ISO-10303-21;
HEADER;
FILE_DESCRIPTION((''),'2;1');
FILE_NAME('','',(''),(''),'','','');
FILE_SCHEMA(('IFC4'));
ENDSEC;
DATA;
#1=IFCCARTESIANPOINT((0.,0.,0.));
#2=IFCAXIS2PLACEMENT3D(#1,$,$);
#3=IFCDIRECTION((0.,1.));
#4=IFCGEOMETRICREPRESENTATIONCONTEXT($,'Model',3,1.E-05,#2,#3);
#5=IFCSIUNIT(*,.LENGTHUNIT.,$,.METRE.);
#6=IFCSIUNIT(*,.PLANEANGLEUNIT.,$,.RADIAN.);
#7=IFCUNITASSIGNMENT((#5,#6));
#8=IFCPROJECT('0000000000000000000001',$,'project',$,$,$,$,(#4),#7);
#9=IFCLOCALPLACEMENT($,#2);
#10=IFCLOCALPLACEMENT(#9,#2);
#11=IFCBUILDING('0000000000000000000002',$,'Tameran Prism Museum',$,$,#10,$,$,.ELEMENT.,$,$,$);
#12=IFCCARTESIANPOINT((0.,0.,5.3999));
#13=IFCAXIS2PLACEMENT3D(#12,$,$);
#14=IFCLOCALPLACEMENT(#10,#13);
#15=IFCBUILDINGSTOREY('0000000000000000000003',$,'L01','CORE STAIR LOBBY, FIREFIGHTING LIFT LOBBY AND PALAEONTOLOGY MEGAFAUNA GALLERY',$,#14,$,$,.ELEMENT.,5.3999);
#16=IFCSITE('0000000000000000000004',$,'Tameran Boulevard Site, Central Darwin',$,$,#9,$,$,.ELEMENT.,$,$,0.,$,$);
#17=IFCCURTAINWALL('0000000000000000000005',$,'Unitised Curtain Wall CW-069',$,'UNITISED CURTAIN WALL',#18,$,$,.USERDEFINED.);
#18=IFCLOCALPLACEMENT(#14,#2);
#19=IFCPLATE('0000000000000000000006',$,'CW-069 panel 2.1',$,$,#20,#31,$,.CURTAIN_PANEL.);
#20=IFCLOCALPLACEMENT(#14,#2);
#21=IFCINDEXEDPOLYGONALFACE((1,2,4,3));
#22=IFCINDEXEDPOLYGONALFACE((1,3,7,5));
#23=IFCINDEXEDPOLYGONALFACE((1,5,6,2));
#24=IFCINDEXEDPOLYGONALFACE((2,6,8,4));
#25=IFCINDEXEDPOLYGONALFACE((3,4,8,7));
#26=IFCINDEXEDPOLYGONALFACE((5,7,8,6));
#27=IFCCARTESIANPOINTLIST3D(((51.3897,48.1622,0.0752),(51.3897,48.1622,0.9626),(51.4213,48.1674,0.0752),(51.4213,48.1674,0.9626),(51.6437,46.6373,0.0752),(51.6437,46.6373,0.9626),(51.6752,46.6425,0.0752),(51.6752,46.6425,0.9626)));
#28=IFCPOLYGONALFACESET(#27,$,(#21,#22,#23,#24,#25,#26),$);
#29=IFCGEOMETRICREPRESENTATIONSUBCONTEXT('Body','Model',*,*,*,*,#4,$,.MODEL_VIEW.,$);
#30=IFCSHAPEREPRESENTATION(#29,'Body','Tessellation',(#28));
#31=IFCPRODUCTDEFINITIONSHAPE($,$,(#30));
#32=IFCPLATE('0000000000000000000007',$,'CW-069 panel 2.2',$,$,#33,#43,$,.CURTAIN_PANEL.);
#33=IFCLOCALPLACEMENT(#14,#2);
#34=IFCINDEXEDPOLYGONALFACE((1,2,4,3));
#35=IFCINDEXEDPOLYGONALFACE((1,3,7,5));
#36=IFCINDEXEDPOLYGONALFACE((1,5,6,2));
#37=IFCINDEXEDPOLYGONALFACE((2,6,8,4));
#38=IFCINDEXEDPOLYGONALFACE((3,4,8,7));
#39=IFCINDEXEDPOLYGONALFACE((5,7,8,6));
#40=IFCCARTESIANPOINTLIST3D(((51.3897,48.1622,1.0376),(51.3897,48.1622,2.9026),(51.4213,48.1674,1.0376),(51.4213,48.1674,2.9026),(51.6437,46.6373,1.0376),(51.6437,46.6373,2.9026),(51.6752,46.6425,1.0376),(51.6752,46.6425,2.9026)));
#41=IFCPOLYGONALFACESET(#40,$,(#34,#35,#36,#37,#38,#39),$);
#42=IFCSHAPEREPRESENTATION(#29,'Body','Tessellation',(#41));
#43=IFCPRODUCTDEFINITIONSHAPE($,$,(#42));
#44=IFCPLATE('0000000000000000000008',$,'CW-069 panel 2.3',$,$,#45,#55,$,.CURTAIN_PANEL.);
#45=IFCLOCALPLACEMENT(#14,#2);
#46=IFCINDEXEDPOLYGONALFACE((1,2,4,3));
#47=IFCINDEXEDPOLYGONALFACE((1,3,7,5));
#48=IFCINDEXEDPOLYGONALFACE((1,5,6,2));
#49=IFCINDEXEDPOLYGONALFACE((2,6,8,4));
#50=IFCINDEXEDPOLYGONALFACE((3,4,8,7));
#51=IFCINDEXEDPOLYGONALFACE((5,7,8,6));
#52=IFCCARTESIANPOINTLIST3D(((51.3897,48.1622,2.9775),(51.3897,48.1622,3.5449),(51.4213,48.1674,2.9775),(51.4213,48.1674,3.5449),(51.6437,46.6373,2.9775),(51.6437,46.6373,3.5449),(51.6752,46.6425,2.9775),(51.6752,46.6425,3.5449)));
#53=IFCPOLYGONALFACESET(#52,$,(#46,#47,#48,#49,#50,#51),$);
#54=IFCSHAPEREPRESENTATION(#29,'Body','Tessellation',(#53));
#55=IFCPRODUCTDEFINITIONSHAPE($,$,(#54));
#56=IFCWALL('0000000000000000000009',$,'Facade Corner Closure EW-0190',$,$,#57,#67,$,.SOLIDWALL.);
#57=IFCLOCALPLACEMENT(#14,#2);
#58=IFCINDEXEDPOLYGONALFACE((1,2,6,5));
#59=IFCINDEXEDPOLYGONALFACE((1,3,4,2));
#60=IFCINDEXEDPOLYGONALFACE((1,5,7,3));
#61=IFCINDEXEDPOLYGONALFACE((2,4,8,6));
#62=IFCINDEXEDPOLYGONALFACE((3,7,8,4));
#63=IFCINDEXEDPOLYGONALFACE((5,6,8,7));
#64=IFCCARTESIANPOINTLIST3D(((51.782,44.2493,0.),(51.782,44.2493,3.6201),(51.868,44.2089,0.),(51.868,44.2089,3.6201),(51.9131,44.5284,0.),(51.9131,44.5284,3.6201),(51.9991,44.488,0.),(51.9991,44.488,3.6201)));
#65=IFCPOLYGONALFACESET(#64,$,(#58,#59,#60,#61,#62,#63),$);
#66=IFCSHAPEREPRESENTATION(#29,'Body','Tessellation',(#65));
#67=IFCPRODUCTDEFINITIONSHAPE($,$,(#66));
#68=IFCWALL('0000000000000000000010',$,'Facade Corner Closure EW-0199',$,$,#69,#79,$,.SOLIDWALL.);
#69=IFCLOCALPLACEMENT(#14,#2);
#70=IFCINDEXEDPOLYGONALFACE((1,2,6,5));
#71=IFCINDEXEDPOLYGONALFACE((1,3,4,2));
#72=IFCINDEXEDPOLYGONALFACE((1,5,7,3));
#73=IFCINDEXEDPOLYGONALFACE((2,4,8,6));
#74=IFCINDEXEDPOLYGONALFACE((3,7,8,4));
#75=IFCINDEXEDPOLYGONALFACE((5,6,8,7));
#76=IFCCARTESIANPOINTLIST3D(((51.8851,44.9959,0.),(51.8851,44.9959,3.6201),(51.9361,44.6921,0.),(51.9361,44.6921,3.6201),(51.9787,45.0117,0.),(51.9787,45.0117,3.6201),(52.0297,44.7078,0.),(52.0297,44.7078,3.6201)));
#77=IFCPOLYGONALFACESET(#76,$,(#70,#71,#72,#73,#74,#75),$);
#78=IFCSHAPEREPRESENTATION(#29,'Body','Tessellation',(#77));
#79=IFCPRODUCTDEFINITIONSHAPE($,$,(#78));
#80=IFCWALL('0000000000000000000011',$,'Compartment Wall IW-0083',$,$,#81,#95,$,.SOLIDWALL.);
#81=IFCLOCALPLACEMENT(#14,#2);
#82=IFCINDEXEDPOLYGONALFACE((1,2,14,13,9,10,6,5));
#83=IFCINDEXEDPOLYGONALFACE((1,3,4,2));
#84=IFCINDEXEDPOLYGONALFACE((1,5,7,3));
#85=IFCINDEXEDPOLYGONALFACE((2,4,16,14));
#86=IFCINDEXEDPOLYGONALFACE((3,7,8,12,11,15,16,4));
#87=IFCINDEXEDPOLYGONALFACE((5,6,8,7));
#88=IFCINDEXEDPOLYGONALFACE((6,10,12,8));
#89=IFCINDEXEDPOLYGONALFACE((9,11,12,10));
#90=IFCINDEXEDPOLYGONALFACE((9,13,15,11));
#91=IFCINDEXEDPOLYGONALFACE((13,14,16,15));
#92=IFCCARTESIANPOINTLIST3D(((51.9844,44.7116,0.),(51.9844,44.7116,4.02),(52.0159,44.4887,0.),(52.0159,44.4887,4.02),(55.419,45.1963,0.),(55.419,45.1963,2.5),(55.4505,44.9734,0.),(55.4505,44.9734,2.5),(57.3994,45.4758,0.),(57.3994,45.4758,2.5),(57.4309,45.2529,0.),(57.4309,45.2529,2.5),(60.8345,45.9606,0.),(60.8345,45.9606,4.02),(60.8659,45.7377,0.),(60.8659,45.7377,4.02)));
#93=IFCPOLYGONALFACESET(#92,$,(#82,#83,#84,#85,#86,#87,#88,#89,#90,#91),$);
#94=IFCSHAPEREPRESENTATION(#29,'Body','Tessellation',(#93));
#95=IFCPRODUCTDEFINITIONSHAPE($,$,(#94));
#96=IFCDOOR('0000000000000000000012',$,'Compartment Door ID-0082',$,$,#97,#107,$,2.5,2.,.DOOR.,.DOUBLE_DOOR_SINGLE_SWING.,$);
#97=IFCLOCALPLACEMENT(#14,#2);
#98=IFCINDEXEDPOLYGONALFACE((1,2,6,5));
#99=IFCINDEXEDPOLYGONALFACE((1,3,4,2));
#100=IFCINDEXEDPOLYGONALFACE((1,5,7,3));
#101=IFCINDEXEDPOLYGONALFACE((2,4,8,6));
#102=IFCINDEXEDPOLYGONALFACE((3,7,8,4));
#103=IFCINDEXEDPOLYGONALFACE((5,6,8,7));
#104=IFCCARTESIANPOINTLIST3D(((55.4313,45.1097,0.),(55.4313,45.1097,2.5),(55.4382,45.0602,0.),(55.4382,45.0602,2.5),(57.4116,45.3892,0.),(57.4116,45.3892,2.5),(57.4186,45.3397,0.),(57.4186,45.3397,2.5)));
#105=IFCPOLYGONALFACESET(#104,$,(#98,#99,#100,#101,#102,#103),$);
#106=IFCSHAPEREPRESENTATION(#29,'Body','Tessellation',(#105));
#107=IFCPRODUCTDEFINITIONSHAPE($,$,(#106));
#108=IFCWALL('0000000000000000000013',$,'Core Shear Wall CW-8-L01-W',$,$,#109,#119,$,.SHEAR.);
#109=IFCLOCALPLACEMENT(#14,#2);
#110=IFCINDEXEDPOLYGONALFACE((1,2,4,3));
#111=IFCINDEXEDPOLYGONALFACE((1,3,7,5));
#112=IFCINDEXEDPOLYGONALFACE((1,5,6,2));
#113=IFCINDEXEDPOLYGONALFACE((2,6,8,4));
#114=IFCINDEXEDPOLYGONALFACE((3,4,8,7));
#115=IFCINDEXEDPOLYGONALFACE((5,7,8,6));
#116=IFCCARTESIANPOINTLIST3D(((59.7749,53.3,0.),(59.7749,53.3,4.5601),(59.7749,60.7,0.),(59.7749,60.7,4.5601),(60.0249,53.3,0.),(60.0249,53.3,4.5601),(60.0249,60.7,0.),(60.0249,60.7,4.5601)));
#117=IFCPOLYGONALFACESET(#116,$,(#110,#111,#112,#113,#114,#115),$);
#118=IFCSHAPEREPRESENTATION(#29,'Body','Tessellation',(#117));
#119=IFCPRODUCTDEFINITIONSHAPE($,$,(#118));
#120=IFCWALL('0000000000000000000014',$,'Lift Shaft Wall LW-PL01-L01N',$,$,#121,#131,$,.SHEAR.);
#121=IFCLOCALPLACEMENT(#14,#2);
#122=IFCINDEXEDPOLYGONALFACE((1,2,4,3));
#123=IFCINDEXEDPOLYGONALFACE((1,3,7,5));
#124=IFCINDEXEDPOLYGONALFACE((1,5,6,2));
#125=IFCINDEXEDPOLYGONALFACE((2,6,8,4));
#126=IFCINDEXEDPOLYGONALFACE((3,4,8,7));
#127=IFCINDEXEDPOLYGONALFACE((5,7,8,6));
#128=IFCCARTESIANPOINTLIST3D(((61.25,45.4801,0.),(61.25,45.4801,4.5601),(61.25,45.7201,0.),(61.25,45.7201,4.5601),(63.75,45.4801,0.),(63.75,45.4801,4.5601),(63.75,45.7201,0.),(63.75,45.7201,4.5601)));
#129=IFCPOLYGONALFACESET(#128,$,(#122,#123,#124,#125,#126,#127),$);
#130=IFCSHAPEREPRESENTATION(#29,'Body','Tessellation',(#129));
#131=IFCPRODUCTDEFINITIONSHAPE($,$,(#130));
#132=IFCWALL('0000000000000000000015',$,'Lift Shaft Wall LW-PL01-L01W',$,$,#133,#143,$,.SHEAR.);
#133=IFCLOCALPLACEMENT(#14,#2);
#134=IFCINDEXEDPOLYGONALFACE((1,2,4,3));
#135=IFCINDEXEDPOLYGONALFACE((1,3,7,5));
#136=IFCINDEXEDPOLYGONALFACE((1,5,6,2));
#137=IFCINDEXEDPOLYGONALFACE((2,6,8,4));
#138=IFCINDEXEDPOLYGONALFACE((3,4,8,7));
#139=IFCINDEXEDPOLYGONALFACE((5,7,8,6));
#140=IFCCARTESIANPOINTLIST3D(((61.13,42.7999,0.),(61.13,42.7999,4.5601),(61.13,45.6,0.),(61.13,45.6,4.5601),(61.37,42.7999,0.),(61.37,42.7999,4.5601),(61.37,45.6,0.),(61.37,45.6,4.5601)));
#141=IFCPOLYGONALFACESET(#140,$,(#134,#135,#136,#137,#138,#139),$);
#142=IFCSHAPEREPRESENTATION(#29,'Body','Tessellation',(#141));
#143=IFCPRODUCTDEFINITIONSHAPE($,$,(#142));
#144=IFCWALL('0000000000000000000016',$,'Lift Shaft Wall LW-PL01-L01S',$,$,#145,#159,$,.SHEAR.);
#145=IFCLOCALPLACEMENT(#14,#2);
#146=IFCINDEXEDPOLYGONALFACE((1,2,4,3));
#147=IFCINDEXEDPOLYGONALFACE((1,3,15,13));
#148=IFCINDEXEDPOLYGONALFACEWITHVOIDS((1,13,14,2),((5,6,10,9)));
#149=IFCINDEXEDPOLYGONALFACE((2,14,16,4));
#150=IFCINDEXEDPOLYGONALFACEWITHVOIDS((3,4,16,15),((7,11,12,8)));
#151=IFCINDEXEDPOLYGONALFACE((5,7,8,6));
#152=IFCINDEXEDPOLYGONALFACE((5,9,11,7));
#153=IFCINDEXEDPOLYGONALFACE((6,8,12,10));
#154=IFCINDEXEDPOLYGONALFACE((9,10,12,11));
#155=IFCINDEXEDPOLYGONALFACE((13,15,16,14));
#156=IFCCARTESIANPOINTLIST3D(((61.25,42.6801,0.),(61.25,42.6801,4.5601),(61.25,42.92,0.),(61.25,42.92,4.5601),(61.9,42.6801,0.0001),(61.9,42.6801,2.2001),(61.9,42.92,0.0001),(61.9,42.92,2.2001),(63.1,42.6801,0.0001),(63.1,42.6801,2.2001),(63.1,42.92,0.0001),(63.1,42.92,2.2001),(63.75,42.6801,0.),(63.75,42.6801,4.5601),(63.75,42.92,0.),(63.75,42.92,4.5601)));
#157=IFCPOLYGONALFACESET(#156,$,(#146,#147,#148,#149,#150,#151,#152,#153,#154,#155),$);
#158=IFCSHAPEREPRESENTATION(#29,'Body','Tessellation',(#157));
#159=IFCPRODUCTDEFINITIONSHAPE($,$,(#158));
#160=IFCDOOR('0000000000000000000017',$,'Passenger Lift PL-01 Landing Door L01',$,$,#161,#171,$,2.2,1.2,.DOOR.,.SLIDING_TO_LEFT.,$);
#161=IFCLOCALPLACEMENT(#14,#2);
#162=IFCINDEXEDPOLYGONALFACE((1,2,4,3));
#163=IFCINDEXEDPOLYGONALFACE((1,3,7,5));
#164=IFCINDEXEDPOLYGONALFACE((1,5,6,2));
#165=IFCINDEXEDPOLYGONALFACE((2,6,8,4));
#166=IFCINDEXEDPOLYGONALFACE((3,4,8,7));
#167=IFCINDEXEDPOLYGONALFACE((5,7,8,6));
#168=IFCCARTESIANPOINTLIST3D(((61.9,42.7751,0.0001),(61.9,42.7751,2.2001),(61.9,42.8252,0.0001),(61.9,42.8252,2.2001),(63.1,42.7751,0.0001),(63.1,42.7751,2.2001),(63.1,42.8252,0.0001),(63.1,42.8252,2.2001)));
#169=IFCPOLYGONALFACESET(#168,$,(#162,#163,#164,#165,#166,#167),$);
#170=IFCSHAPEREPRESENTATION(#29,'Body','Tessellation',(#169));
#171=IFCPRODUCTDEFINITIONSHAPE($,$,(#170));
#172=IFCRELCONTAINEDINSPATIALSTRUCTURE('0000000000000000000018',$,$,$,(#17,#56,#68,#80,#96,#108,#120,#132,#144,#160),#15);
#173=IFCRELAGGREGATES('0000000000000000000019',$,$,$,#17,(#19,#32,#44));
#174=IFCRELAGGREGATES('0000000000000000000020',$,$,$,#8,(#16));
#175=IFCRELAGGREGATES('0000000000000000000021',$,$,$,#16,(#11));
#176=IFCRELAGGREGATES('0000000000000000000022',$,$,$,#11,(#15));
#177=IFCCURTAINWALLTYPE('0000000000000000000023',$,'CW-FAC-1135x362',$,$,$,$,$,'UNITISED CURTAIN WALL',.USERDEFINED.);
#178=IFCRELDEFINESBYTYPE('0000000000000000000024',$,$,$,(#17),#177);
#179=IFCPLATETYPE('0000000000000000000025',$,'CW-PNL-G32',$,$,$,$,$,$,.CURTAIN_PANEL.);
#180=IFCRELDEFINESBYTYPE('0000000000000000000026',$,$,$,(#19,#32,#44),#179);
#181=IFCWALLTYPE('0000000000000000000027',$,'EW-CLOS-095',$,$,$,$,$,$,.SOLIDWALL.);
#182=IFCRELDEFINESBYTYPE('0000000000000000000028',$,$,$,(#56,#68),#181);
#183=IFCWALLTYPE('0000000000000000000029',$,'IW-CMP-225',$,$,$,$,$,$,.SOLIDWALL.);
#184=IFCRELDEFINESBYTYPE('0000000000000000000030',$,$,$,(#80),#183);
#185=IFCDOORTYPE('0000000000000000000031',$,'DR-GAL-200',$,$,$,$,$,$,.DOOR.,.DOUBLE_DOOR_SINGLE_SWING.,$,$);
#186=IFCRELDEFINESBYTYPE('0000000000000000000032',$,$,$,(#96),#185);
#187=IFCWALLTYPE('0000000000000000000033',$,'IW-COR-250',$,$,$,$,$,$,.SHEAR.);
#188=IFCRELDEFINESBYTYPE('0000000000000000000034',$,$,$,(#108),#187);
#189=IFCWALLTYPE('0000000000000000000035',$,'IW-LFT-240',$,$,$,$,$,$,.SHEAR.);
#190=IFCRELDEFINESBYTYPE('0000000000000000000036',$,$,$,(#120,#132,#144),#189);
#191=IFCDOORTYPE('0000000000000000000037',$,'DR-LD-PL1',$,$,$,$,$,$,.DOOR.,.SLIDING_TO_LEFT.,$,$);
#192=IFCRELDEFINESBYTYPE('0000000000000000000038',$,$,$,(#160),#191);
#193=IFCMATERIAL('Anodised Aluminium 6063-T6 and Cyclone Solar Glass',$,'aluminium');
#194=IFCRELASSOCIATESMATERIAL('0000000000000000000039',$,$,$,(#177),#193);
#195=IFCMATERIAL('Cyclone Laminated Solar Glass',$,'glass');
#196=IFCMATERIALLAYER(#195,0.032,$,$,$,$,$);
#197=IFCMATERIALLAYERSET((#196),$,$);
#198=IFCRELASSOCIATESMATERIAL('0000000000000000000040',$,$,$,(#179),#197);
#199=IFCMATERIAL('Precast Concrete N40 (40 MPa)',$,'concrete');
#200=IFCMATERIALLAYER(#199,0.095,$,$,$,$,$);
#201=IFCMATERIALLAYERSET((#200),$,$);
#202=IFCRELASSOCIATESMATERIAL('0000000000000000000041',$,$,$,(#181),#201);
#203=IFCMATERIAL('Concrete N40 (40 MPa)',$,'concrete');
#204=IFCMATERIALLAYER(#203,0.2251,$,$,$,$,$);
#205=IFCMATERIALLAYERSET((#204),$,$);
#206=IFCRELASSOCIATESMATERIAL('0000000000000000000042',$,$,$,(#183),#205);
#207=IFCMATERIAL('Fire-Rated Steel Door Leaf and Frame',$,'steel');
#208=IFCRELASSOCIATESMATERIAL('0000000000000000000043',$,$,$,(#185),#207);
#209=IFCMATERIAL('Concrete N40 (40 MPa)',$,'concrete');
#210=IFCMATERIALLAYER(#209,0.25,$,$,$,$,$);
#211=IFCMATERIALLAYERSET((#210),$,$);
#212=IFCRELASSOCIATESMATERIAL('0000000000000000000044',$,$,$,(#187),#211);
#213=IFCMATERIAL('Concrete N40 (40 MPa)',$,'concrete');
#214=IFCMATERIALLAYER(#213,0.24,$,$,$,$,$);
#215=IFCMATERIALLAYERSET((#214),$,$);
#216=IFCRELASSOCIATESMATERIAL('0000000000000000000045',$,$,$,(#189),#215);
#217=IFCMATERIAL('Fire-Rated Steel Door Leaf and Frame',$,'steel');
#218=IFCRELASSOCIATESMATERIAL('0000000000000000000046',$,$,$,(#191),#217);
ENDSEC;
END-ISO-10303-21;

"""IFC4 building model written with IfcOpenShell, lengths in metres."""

from ifc_helpers import new_model, si_unit, direction, frame, frame_2d, origin, origin_2d, place, context, subcontext, project, spatial, rectangle, extrude, material, layer, layer_set, type_object, element, fill, aggregate, save


model = new_model("IFC4")

# Units and contexts
model_context = context("Model", 3, precision=1e-05, world=origin(), true_north=direction((0.0, 1.0)))
body_context = subcontext(model_context, "Body", "Model", "MODEL_VIEW")
ifc_project = project(units=[si_unit("LENGTHUNIT", "METRE"), si_unit("PLANEANGLEUNIT", "RADIAN")], contexts=[model_context])

# Site, building, storey
site_placement = place(None, origin())
site = spatial("IfcSite", under=ifc_project, at=site_placement, Name="Tameran Boulevard Site, Central Darwin", CompositionType="ELEMENT", RefElevation=0.0)
building_placement = place(site_placement, origin())
building = spatial("IfcBuilding", under=site, at=building_placement, Name="Tameran Prism Museum", CompositionType="ELEMENT")
storey_placement = place(building_placement, frame((0.0, 0.0, 5.3999)))
storey = spatial("IfcBuildingStorey", under=building, at=storey_placement, Name="L01", Description="CORE STAIR LOBBY, FIREFIGHTING LIFT LOBBY AND PALAEONTOLOGY MEGAFAUNA GALLERY", CompositionType="ELEMENT", Elevation=5.3999)

# Curtain wall
ifc_material_1 = material(Name="Anodised Aluminium 6063-T6 and Cyclone Solar Glass", Category="aluminium")
curtain_wall_type_1 = type_object("IfcCurtainWallType", Name="CW-FAC-1135x362", ElementType="UNITISED CURTAIN WALL", PredefinedType="USERDEFINED", material=ifc_material_1)
curtain_wall_1_placement = place(storey_placement, origin())
curtain_wall_1 = element("IfcCurtainWall", 1, at=curtain_wall_1_placement, inside=storey, type_object=curtain_wall_type_1, Name="Unitised Curtain Wall CW-069", ObjectType="UNITISED CURTAIN WALL", PredefinedType="USERDEFINED")

# Plates
ifc_material_2 = material(Name="Cyclone Laminated Solar Glass", Category="glass")
ifc_layer_1 = layer(ifc_material_2, 0.032)
ifc_layer_set_1 = layer_set([ifc_layer_1])
plate_type = type_object("IfcPlateType", Name="CW-PNL-G32", PredefinedType="CURTAIN_PANEL", material=ifc_layer_set_1)
plate_1_placement = place(storey_placement, frame((51.5325, 47.4023, 0.0752), z_axis=(0.0, 0.0, 1.0), x_axis=(-0.164285, 0.986413, 0.0)))
plate_1 = element("IfcPlate", 2, at=plate_1_placement, type_object=plate_type, Name="CW-069 panel 2.1", PredefinedType="CURTAIN_PANEL", context=body_context, shape_type="SweptSolid", body=[
    extrude(rectangle(XDim=1.5459, YDim=0.032, at=origin_2d()), origin(), (0.0, 0.0, 1.0), 0.8875),
])
plate_2_placement = place(storey_placement, frame((51.5325, 47.4023, 1.0376), z_axis=(0.0, 0.0, 1.0), x_axis=(-0.164285, 0.986413, 0.0)))
plate_2 = element("IfcPlate", 3, at=plate_2_placement, type_object=plate_type, Name="CW-069 panel 2.2", PredefinedType="CURTAIN_PANEL", context=body_context, shape_type="SweptSolid", body=[
    extrude(rectangle(XDim=1.5459, YDim=0.032, at=origin_2d()), origin(), (0.0, 0.0, 1.0), 1.865),
])
plate_3_placement = place(storey_placement, frame((51.5325, 47.4023, 2.9775), z_axis=(0.0, 0.0, 1.0), x_axis=(-0.164285, 0.986413, 0.0)))
plate_3 = element("IfcPlate", 4, at=plate_3_placement, type_object=plate_type, Name="CW-069 panel 2.3", PredefinedType="CURTAIN_PANEL", context=body_context, shape_type="SweptSolid", body=[
    extrude(rectangle(XDim=1.5459, YDim=0.032, at=origin_2d()), origin(), (0.0, 0.0, 1.0), 0.5674),
])
aggregate(curtain_wall_1, [plate_1, plate_2, plate_3])

# Walls
ifc_material_3 = material(Name="Precast Concrete N40 (40 MPa)", Category="concrete")
ifc_layer_2 = layer(ifc_material_3, 0.095)
ifc_layer_set_2 = layer_set([ifc_layer_2])
wall_type_1 = type_object("IfcWallType", Name="EW-CLOS-095", PredefinedType="SOLIDWALL", material=ifc_layer_set_2)
wall_1_placement = place(storey_placement, frame((51.825, 44.229, 0.0), z_axis=(0.0, 0.0, 1.0), x_axis=(0.425225, 0.905088, 0.0)))
element("IfcWall", 5, at=wall_1_placement, inside=storey, type_object=wall_type_1, Name="Facade Corner Closure EW-0190", PredefinedType="SOLIDWALL", context=body_context, shape_type="SweptSolid", body=[
    extrude(rectangle(XDim=0.3083, YDim=0.095, at=frame_2d((0.1543, 0.0))), origin(), (0.0, 0.0, 1.0), 3.6201),
])
wall_2_placement = place(storey_placement, frame((51.9829, 44.7, 0.0), z_axis=(0.0, 0.0, 1.0), x_axis=(-0.165555, 0.986201, 0.0)))
element("IfcWall", 6, at=wall_2_placement, inside=storey, type_object=wall_type_1, Name="Facade Corner Closure EW-0199", PredefinedType="SOLIDWALL", context=body_context, shape_type="SweptSolid", body=[
    extrude(rectangle(XDim=0.3081, YDim=0.095, at=frame_2d((0.1541, 0.0))), origin(), (0.0, 0.0, 1.0), 3.6201),
])

# Wall, opening, door
ifc_material_4 = material(Name="Concrete N40 (40 MPa)", Category="concrete")
ifc_layer_3 = layer(ifc_material_4, 0.2251)
ifc_layer_set_3 = layer_set([ifc_layer_3])
wall_type_2 = type_object("IfcWallType", Name="IW-CMP-225", PredefinedType="SOLIDWALL", material=ifc_layer_set_3)
wall_3_placement = place(storey_placement, frame((60.8501, 45.8491, 0.0), z_axis=(0.0, 0.0, 1.0), x_axis=(-0.990187, -0.139746, 0.0)))
wall_3 = element("IfcWall", 7, at=wall_3_placement, inside=storey, type_object=wall_type_2, Name="Compartment Wall IW-0083", PredefinedType="SOLIDWALL", context=body_context, shape_type="SweptSolid", body=[
    extrude(rectangle(XDim=8.9377, YDim=0.2251, at=frame_2d((4.4688, 0.0))), origin(), (0.0, 0.0, 1.0), 4.02),
])
opening_1_placement = place(wall_3_placement, frame((3.469, 0.0, 0.0)))
opening_1 = element("IfcOpeningElement", 8, at=opening_1_placement, cuts=wall_3, PredefinedType="OPENING", context=body_context, shape_type="SweptSolid", body=[
    extrude(rectangle(XDim=2.0, YDim=2.5, at=frame_2d((1.0, 1.25))), frame((0.0, 0.1226, 0.0), z_axis=(0.0, -1.0, 0.0), x_axis=(1.0, 0.0, 0.0)), (0.0, 0.0, 1.0), 0.2451),
])
ifc_material_5 = material(Name="Fire-Rated Steel Door Leaf and Frame", Category="steel")
door_type_1 = type_object("IfcDoorType", Name="DR-GAL-200", OperationType="DOUBLE_DOOR_SINGLE_SWING", PredefinedType="DOOR", material=ifc_material_5)
door_1_placement = place(opening_1_placement, origin())
door_1 = element("IfcDoor", 9, at=door_1_placement, inside=storey, type_object=door_type_1, Name="Compartment Door ID-0082", OperationType="DOUBLE_DOOR_SINGLE_SWING", OverallHeight=2.5, OverallWidth=2.0, PredefinedType="DOOR", context=body_context, shape_type="SweptSolid", body=[
    extrude(rectangle(XDim=2.0, YDim=2.5, at=frame_2d((1.0, 1.25))), frame((0.0, 0.0249, 0.0), z_axis=(0.0, -1.0, 0.0), x_axis=(1.0, 0.0, 0.0)), (0.0, 0.0, 1.0), 0.05),
])
fill(opening_1, door_1)

# Walls
ifc_material_6 = material(Name="Concrete N40 (40 MPa)", Category="concrete")
ifc_layer_4 = layer(ifc_material_6, 0.25)
ifc_layer_set_4 = layer_set([ifc_layer_4])
wall_type_3 = type_object("IfcWallType", Name="IW-COR-250", PredefinedType="SHEAR", material=ifc_layer_set_4)
wall_4_placement = place(storey_placement, frame((59.8999, 53.3, 0.0), z_axis=(0.0, 0.0, 1.0), x_axis=(0.0, 1.0, 0.0)))
element("IfcWall", 10, at=wall_4_placement, inside=storey, type_object=wall_type_3, Name="Core Shear Wall CW-8-L01-W", PredefinedType="SHEAR", context=body_context, shape_type="SweptSolid", body=[
    extrude(rectangle(XDim=7.3999, YDim=0.25, at=frame_2d((3.7, 0.0))), origin(), (0.0, 0.0, 1.0), 4.5601),
])
ifc_material_7 = material(Name="Concrete N40 (40 MPa)", Category="concrete")
ifc_layer_5 = layer(ifc_material_7, 0.24)
ifc_layer_set_5 = layer_set([ifc_layer_5])
wall_type_4 = type_object("IfcWallType", Name="IW-LFT-240", PredefinedType="SHEAR", material=ifc_layer_set_5)
wall_5_placement = place(storey_placement, frame((61.25, 45.6001, 0.0), z_axis=(0.0, 0.0, 1.0), x_axis=(1.0, 0.0, 0.0)))
element("IfcWall", 11, at=wall_5_placement, inside=storey, type_object=wall_type_4, Name="Lift Shaft Wall LW-PL01-L01N", PredefinedType="SHEAR", context=body_context, shape_type="SweptSolid", body=[
    extrude(rectangle(XDim=2.5, YDim=0.24, at=frame_2d((1.25, 0.0))), origin(), (0.0, 0.0, 1.0), 4.5601),
])
wall_6_placement = place(storey_placement, frame((61.25, 42.8, 0.0), z_axis=(0.0, 0.0, 1.0), x_axis=(0.0, 1.0, 0.0)))
element("IfcWall", 12, at=wall_6_placement, inside=storey, type_object=wall_type_4, Name="Lift Shaft Wall LW-PL01-L01W", PredefinedType="SHEAR", context=body_context, shape_type="SweptSolid", body=[
    extrude(rectangle(XDim=2.8, YDim=0.24, at=frame_2d((1.3999, 0.0))), origin(), (0.0, 0.0, 1.0), 4.5601),
])

# Wall, opening, door
wall_7_placement = place(storey_placement, frame((63.75, 42.8, 0.0), z_axis=(0.0, 0.0, 1.0), x_axis=(-1.0, 0.0, 0.0)))
wall_7 = element("IfcWall", 13, at=wall_7_placement, inside=storey, type_object=wall_type_4, Name="Lift Shaft Wall LW-PL01-L01S", PredefinedType="SHEAR", context=body_context, shape_type="SweptSolid", body=[
    extrude(rectangle(XDim=2.5, YDim=0.24, at=frame_2d((1.25, 0.0))), origin(), (0.0, 0.0, 1.0), 4.5601),
])
opening_2_placement = place(wall_7_placement, frame((0.6499, 0.0, 0.0)))
opening_2 = element("IfcOpeningElement", 14, at=opening_2_placement, cuts=wall_7, PredefinedType="OPENING", context=body_context, shape_type="SweptSolid", body=[
    extrude(rectangle(XDim=1.2, YDim=2.2, at=frame_2d((0.6001, 1.1001))), frame((0.0, 0.1299, 0.0), z_axis=(0.0, -1.0, 0.0), x_axis=(1.0, 0.0, 0.0)), (0.0, 0.0, 1.0), 0.26),
])
ifc_material_8 = material(Name="Fire-Rated Steel Door Leaf and Frame", Category="steel")
door_type_2 = type_object("IfcDoorType", Name="DR-LD-PL1", OperationType="SLIDING_TO_LEFT", PredefinedType="DOOR", material=ifc_material_8)
door_2_placement = place(opening_2_placement, origin())
door_2 = element("IfcDoor", 15, at=door_2_placement, inside=storey, type_object=door_type_2, Name="Passenger Lift PL-01 Landing Door L01", OperationType="SLIDING_TO_LEFT", OverallHeight=2.2, OverallWidth=1.2, PredefinedType="DOOR", context=body_context, shape_type="SweptSolid", body=[
    extrude(rectangle(XDim=1.2, YDim=2.2, at=frame_2d((0.6001, 1.1001))), frame((0.0, 0.0249, 0.0), z_axis=(0.0, -1.0, 0.0), x_axis=(1.0, 0.0, 0.0)), (0.0, 0.0, 1.0), 0.05),
])
fill(opening_2, door_2)

save(model, "model.ifc")
